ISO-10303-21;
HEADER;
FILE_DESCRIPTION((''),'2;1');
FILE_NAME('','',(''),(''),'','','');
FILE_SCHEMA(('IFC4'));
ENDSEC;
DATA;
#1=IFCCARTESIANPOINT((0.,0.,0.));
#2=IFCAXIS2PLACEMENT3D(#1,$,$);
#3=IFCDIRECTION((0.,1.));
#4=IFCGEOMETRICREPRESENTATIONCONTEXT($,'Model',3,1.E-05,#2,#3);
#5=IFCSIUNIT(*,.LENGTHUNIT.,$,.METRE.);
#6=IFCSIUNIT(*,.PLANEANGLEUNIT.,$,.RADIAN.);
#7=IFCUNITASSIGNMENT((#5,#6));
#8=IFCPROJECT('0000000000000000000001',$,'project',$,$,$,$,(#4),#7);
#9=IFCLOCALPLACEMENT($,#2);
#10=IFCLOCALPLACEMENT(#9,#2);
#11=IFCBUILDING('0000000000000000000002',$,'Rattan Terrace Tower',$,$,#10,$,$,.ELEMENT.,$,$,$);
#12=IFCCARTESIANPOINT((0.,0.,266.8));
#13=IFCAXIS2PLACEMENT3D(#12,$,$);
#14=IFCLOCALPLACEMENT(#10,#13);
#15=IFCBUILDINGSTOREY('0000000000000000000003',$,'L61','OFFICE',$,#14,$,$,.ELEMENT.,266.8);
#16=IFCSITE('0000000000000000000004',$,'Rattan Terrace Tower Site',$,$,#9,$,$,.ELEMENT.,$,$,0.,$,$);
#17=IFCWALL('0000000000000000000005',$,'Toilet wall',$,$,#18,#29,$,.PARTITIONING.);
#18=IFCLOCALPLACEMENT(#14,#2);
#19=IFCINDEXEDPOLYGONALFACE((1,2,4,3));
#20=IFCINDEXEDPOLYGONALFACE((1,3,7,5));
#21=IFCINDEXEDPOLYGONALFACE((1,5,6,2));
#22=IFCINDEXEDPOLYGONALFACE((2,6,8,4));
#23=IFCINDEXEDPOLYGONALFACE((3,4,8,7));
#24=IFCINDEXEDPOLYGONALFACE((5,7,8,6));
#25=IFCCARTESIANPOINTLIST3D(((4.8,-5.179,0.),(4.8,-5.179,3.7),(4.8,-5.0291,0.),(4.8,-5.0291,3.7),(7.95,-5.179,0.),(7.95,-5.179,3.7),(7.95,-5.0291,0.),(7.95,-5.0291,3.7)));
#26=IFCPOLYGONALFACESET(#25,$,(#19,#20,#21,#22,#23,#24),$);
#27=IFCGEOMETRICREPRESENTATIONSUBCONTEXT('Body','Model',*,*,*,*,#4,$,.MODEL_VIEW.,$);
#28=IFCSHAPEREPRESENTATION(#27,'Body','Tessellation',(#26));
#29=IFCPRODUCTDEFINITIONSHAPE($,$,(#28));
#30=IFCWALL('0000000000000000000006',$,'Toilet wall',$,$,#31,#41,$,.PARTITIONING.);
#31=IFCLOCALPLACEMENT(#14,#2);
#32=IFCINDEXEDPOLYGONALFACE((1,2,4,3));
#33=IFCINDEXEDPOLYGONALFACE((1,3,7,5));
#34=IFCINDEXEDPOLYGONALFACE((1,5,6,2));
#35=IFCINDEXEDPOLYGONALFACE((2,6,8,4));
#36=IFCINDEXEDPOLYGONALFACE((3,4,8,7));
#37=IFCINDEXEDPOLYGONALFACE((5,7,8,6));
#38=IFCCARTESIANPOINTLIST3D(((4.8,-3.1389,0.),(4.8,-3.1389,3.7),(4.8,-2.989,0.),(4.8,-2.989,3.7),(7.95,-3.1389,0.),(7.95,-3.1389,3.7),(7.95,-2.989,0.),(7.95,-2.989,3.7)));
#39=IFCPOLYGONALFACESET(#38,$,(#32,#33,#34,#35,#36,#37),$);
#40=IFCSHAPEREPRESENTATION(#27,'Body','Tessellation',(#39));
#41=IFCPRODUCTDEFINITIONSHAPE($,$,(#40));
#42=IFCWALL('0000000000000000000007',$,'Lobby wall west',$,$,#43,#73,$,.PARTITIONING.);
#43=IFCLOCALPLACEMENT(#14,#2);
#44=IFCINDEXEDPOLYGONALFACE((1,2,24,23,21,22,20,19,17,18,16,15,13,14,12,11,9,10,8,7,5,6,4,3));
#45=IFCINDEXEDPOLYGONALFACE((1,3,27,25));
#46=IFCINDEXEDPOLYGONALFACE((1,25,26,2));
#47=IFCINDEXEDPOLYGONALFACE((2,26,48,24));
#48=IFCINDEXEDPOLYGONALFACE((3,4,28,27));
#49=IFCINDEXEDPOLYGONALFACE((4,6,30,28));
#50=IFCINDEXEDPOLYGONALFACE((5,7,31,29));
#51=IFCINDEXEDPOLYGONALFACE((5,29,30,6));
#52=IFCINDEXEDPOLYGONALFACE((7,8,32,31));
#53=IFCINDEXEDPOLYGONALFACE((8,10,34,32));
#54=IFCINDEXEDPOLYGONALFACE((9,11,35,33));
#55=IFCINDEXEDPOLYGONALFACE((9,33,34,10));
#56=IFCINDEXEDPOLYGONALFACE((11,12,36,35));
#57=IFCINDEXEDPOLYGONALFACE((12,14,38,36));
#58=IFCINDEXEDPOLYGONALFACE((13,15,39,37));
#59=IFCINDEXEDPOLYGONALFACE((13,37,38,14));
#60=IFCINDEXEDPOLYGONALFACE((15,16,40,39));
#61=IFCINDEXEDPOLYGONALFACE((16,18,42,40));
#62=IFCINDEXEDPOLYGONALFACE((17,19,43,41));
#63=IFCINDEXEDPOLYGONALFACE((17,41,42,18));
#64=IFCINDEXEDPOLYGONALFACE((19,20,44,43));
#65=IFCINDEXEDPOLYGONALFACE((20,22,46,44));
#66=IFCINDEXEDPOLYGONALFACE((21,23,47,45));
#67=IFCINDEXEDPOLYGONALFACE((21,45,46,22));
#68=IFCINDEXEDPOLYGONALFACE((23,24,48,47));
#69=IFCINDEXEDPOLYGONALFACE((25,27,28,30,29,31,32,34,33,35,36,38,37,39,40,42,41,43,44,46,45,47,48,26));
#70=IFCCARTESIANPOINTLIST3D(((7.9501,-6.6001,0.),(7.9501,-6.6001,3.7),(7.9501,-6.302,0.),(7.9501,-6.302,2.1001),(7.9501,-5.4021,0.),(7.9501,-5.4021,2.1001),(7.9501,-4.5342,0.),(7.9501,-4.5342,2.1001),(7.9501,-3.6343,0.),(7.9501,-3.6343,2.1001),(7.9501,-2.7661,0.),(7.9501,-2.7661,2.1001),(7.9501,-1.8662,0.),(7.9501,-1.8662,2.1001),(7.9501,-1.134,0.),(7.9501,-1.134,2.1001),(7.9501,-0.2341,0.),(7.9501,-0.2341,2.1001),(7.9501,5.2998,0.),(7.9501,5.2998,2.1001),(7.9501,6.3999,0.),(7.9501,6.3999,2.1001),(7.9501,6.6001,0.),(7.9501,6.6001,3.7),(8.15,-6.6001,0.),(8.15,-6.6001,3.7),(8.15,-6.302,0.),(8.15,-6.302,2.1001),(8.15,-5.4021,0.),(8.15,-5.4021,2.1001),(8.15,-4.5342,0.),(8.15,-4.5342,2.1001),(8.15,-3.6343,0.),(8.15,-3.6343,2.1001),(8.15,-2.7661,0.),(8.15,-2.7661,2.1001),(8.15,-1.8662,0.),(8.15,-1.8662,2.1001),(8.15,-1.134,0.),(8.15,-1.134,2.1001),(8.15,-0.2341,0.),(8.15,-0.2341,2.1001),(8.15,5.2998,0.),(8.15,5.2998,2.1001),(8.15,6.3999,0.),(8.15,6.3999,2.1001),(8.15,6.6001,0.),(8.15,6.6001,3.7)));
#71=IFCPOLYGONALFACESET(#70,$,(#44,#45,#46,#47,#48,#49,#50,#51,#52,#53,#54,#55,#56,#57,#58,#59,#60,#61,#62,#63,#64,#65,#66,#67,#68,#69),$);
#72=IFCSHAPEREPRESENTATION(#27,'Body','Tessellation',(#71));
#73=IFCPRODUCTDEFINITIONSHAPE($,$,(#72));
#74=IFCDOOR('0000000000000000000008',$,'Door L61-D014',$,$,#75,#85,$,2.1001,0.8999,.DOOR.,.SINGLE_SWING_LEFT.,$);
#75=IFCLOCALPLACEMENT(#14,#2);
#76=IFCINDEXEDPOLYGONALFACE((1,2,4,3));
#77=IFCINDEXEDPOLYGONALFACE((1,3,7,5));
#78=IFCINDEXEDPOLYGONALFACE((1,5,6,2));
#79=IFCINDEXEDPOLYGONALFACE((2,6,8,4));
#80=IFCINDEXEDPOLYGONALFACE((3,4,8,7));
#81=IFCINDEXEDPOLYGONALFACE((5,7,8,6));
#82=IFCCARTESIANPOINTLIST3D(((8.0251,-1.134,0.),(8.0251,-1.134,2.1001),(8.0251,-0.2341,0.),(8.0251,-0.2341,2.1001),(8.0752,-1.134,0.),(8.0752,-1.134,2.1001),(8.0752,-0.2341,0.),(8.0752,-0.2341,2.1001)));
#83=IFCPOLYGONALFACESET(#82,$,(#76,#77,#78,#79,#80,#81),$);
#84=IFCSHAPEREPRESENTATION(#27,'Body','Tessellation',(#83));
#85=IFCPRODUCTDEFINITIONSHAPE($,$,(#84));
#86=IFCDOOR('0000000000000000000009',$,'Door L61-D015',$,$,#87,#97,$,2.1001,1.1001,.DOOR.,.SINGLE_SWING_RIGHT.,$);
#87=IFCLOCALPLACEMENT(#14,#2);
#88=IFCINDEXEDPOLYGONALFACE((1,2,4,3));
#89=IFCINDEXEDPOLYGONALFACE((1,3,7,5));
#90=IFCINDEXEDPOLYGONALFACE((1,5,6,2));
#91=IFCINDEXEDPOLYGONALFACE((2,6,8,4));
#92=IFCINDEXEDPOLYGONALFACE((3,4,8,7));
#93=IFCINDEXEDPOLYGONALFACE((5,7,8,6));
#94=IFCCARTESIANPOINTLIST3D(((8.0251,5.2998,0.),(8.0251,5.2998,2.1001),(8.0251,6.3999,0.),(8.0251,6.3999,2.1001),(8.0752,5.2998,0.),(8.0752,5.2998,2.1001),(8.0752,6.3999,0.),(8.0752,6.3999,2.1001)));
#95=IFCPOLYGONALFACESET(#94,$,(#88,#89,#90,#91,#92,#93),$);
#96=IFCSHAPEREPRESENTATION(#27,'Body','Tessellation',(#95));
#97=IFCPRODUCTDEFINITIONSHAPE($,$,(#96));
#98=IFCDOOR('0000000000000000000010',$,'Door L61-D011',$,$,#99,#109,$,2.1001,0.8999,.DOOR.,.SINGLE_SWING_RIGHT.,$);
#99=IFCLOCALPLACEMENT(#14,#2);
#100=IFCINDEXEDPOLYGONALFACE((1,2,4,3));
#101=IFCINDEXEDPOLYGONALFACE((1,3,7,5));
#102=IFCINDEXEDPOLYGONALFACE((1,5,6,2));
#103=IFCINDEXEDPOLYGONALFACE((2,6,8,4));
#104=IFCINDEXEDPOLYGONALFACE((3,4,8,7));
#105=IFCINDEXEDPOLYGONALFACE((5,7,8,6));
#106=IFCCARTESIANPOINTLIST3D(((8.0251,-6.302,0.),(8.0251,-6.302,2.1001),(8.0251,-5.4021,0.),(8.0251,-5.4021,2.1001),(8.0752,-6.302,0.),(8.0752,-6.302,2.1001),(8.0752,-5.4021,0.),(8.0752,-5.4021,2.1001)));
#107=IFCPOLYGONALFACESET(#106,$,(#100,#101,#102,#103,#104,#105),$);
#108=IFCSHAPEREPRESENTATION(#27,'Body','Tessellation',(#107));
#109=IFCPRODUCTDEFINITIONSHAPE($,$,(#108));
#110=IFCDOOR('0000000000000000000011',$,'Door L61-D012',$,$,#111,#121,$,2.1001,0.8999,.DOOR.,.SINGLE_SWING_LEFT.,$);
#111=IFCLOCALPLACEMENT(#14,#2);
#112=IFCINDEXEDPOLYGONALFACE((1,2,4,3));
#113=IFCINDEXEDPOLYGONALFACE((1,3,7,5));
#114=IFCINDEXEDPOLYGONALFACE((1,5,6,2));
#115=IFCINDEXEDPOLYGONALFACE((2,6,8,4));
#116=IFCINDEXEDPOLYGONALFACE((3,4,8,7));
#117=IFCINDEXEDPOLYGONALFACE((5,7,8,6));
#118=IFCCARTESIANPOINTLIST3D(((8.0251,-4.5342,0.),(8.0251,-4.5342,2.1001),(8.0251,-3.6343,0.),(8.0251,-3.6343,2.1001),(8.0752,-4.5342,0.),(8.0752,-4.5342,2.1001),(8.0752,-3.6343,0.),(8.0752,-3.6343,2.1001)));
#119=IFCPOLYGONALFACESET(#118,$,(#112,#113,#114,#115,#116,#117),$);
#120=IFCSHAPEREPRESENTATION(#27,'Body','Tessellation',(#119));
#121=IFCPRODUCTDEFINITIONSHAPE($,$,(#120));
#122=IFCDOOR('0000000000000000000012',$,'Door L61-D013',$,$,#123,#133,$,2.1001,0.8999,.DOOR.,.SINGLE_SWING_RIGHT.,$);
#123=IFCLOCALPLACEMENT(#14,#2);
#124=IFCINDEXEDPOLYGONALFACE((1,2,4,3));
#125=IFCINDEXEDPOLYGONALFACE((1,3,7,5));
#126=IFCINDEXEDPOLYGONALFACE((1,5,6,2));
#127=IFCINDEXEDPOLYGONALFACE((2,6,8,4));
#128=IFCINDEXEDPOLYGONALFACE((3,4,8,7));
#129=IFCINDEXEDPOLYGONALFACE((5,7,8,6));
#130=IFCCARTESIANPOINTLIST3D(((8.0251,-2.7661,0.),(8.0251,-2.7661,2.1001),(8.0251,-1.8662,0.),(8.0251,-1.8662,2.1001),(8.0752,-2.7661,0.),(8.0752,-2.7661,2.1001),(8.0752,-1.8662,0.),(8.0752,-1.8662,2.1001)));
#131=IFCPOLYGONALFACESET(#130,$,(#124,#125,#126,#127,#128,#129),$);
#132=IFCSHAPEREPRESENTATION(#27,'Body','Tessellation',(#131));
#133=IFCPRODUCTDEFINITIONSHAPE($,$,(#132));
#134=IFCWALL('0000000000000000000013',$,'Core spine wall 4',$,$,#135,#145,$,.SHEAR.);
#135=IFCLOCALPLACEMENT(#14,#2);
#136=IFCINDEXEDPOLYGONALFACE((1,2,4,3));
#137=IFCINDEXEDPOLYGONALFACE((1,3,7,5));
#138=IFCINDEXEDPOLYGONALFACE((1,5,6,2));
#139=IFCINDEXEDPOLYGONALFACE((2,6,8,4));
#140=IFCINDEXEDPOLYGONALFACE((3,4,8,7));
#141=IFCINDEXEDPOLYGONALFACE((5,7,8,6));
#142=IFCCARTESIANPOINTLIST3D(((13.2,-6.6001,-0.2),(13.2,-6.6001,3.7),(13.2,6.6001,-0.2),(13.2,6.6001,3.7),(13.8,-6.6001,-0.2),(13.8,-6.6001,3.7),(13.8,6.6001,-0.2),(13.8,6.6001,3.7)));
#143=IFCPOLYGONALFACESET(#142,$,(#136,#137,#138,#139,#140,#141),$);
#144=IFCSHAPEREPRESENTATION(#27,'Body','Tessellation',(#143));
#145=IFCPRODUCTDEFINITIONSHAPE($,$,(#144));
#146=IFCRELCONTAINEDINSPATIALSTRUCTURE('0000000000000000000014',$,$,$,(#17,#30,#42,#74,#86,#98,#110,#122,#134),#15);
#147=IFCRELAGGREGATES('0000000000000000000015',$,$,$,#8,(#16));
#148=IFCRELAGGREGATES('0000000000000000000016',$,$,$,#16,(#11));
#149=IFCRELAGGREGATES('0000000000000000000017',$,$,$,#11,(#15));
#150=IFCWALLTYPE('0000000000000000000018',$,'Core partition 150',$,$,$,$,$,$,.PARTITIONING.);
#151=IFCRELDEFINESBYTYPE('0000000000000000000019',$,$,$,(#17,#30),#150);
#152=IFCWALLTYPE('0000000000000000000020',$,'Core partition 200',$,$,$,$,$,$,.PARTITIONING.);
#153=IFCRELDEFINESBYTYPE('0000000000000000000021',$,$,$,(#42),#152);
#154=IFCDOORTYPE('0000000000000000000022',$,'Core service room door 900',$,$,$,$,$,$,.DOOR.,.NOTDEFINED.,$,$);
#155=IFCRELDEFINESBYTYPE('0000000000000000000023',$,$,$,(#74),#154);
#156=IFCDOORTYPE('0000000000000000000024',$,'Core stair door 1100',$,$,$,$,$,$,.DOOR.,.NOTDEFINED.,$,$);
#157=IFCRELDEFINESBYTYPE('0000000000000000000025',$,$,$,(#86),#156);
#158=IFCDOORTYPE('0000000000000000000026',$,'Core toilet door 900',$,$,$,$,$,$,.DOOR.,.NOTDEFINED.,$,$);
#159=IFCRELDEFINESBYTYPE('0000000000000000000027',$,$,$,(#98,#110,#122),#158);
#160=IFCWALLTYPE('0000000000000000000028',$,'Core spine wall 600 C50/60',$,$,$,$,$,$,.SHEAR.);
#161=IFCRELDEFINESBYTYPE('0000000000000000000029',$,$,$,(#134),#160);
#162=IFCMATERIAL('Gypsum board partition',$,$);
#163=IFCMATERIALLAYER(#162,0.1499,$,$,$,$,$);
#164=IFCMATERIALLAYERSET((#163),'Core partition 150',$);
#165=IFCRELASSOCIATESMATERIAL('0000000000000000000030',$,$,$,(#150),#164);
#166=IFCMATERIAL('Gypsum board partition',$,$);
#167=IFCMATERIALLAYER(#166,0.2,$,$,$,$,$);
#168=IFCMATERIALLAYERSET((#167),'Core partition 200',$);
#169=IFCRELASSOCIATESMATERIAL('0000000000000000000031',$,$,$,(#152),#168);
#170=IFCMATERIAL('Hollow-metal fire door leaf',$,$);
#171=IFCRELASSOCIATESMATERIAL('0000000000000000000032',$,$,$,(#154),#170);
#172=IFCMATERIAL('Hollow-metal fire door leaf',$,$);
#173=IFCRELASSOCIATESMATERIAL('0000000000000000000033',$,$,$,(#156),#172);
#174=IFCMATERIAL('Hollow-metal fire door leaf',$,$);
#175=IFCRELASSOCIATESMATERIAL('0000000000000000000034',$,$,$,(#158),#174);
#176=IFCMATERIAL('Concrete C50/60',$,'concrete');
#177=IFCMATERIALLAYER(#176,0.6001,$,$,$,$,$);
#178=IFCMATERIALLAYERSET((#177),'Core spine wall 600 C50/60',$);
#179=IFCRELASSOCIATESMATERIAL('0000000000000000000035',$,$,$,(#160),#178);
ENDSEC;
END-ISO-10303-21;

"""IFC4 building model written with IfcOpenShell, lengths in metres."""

from ifc_helpers import new_model, si_unit, direction, frame, frame_2d, origin, place, context, subcontext, project, spatial, rectangle, extrude, material, layer, layer_set, type_object, element, fill, save


model = new_model("IFC4")

# Units and contexts
model_context = context("Model", 3, precision=1e-05, world=origin(), true_north=direction((0.0, 1.0)))
body_context = subcontext(model_context, "Body", "Model", "MODEL_VIEW")
ifc_project = project(units=[si_unit("LENGTHUNIT", "METRE"), si_unit("PLANEANGLEUNIT", "RADIAN")], contexts=[model_context])

# Site, building, storey
site_placement = place(None, origin())
site = spatial("IfcSite", under=ifc_project, at=site_placement, Name="Rattan Terrace Tower Site", CompositionType="ELEMENT", RefElevation=0.0)
building_placement = place(site_placement, origin())
building = spatial("IfcBuilding", under=site, at=building_placement, Name="Rattan Terrace Tower", CompositionType="ELEMENT")
storey_placement = place(building_placement, frame((0.0, 0.0, 266.8)))
storey = spatial("IfcBuildingStorey", under=building, at=storey_placement, Name="L61", Description="OFFICE", CompositionType="ELEMENT", Elevation=266.8)

# Walls
ifc_material_1 = material(Name="Gypsum board partition")
ifc_layer_1 = layer(ifc_material_1, 0.1499)
ifc_layer_set_1 = layer_set([ifc_layer_1], Name="Core partition 150")
wall_type_1 = type_object("IfcWallType", Name="Core partition 150", PredefinedType="PARTITIONING", material=ifc_layer_set_1)
for number, where, z_axis, x_axis, name in (
    (1, (4.8, -5.104, 0.0), (0.0, 0.0, 1.0), (1.0, 0.0, 0.0), "Toilet wall"),
    (2, (4.8, -3.064, 0.0), (0.0, 0.0, 1.0), (1.0, 0.0, 0.0), "Toilet wall"),
):
    element("IfcWall", number, at=place(storey_placement, frame(where, z_axis=z_axis, x_axis=x_axis)), inside=storey, type_object=wall_type_1, Name=name, PredefinedType="PARTITIONING", context=body_context, shape_type="SweptSolid", body=[
        extrude(rectangle(XDim=3.1499, YDim=0.1499, at=frame_2d((1.575, 0.0))), origin(), (0.0, 0.0, 1.0), 3.7),
    ])

# Wall, openings, doors
ifc_material_2 = material(Name="Gypsum board partition")
ifc_layer_2 = layer(ifc_material_2, 0.2)
ifc_layer_set_2 = layer_set([ifc_layer_2], Name="Core partition 200")
wall_type_2 = type_object("IfcWallType", Name="Core partition 200", PredefinedType="PARTITIONING", material=ifc_layer_set_2)
wall_1_placement = place(storey_placement, frame((8.05, -6.6001, 0.0), z_axis=(0.0, 0.0, 1.0), x_axis=(0.0, 1.0, 0.0)))
wall_1 = element("IfcWall", 3, at=wall_1_placement, inside=storey, type_object=wall_type_2, Name="Lobby wall west", PredefinedType="PARTITIONING", context=body_context, shape_type="SweptSolid", body=[
    extrude(rectangle(XDim=13.2002, YDim=0.2, at=frame_2d((6.6001, 0.0))), origin(), (0.0, 0.0, 1.0), 3.7),
])
opening_1_placement = place(wall_1_placement, frame((0.2981, 0.0, 0.0)))
opening_1 = element("IfcOpeningElement", 4, at=opening_1_placement, cuts=wall_1, PredefinedType="OPENING", context=body_context, shape_type="SweptSolid", body=[
    extrude(rectangle(XDim=0.8999, YDim=2.1001, at=frame_2d((0.45, 1.05))), frame((0.0, 0.1106, 0.0), z_axis=(0.0, -1.0, 0.0), x_axis=(1.0, 0.0, 0.0)), (0.0, 0.0, 1.0), 0.2209),
])
opening_2_placement = place(wall_1_placement, frame((2.0659, 0.0, 0.0)))
opening_2 = element("IfcOpeningElement", 5, at=opening_2_placement, cuts=wall_1, PredefinedType="OPENING", context=body_context, shape_type="SweptSolid", body=[
    extrude(rectangle(XDim=0.8999, YDim=2.1001, at=frame_2d((0.45, 1.05))), frame((0.0, 0.1106, 0.0), z_axis=(0.0, -1.0, 0.0), x_axis=(1.0, 0.0, 0.0)), (0.0, 0.0, 1.0), 0.2209),
])
opening_3_placement = place(wall_1_placement, frame((3.834, 0.0, 0.0)))
opening_3 = element("IfcOpeningElement", 6, at=opening_3_placement, cuts=wall_1, PredefinedType="OPENING", context=body_context, shape_type="SweptSolid", body=[
    extrude(rectangle(XDim=0.8999, YDim=2.1001, at=frame_2d((0.45, 1.05))), frame((0.0, 0.1106, 0.0), z_axis=(0.0, -1.0, 0.0), x_axis=(1.0, 0.0, 0.0)), (0.0, 0.0, 1.0), 0.2209),
])
opening_4_placement = place(wall_1_placement, frame((5.4661, 0.0, 0.0)))
opening_4 = element("IfcOpeningElement", 7, at=opening_4_placement, cuts=wall_1, PredefinedType="OPENING", context=body_context, shape_type="SweptSolid", body=[
    extrude(rectangle(XDim=0.8999, YDim=2.1001, at=frame_2d((0.45, 1.05))), frame((0.0, 0.1106, 0.0), z_axis=(0.0, -1.0, 0.0), x_axis=(1.0, 0.0, 0.0)), (0.0, 0.0, 1.0), 0.2209),
])
opening_5_placement = place(wall_1_placement, frame((11.8999, 0.0, 0.0)))
opening_5 = element("IfcOpeningElement", 8, at=opening_5_placement, cuts=wall_1, PredefinedType="OPENING", context=body_context, shape_type="SweptSolid", body=[
    extrude(rectangle(XDim=1.1001, YDim=2.1001, at=frame_2d((0.55, 1.05))), frame((0.0, 0.1106, 0.0), z_axis=(0.0, -1.0, 0.0), x_axis=(1.0, 0.0, 0.0)), (0.0, 0.0, 1.0), 0.2209),
])
ifc_material_3 = material(Name="Hollow-metal fire door leaf")
door_type_1 = type_object("IfcDoorType", Name="Core service room door 900", OperationType="NOTDEFINED", PredefinedType="DOOR", material=ifc_material_3)
door_1_placement = place(opening_4_placement, origin())
door_1 = element("IfcDoor", 9, at=door_1_placement, inside=storey, type_object=door_type_1, Name="Door L61-D014", OperationType="SINGLE_SWING_LEFT", OverallHeight=2.1001, OverallWidth=0.8999, PredefinedType="DOOR", context=body_context, shape_type="SweptSolid", body=[
    extrude(rectangle(XDim=0.8999, YDim=2.1001, at=frame_2d((0.45, 1.05))), frame((0.0, 0.0249, 0.0), z_axis=(0.0, -1.0, 0.0), x_axis=(1.0, 0.0, 0.0)), (0.0, 0.0, 1.0), 0.05),
])
fill(opening_4, door_1)
ifc_material_4 = material(Name="Hollow-metal fire door leaf")
door_type_2 = type_object("IfcDoorType", Name="Core stair door 1100", OperationType="NOTDEFINED", PredefinedType="DOOR", material=ifc_material_4)
door_2_placement = place(opening_5_placement, origin())
door_2 = element("IfcDoor", 10, at=door_2_placement, inside=storey, type_object=door_type_2, Name="Door L61-D015", OperationType="SINGLE_SWING_RIGHT", OverallHeight=2.1001, OverallWidth=1.1001, PredefinedType="DOOR", context=body_context, shape_type="SweptSolid", body=[
    extrude(rectangle(XDim=1.1001, YDim=2.1001, at=frame_2d((0.55, 1.05))), frame((0.0, 0.0249, 0.0), z_axis=(0.0, -1.0, 0.0), x_axis=(1.0, 0.0, 0.0)), (0.0, 0.0, 1.0), 0.05),
])
fill(opening_5, door_2)
ifc_material_5 = material(Name="Hollow-metal fire door leaf")
door_type_3 = type_object("IfcDoorType", Name="Core toilet door 900", OperationType="NOTDEFINED", PredefinedType="DOOR", material=ifc_material_5)
door_3_placement = place(opening_1_placement, origin())
door_3 = element("IfcDoor", 11, at=door_3_placement, inside=storey, type_object=door_type_3, Name="Door L61-D011", OperationType="SINGLE_SWING_RIGHT", OverallHeight=2.1001, OverallWidth=0.8999, PredefinedType="DOOR", context=body_context, shape_type="SweptSolid", body=[
    extrude(rectangle(XDim=0.8999, YDim=2.1001, at=frame_2d((0.45, 1.05))), frame((0.0, 0.0249, 0.0), z_axis=(0.0, -1.0, 0.0), x_axis=(1.0, 0.0, 0.0)), (0.0, 0.0, 1.0), 0.05),
])
fill(opening_1, door_3)
door_4_placement = place(opening_2_placement, origin())
door_4 = element("IfcDoor", 12, at=door_4_placement, inside=storey, type_object=door_type_3, Name="Door L61-D012", OperationType="SINGLE_SWING_LEFT", OverallHeight=2.1001, OverallWidth=0.8999, PredefinedType="DOOR", context=body_context, shape_type="SweptSolid", body=[
    extrude(rectangle(XDim=0.8999, YDim=2.1001, at=frame_2d((0.45, 1.05))), frame((0.0, 0.0249, 0.0), z_axis=(0.0, -1.0, 0.0), x_axis=(1.0, 0.0, 0.0)), (0.0, 0.0, 1.0), 0.05),
])
fill(opening_2, door_4)
door_5_placement = place(opening_3_placement, origin())
door_5 = element("IfcDoor", 13, at=door_5_placement, inside=storey, type_object=door_type_3, Name="Door L61-D013", OperationType="SINGLE_SWING_RIGHT", OverallHeight=2.1001, OverallWidth=0.8999, PredefinedType="DOOR", context=body_context, shape_type="SweptSolid", body=[
    extrude(rectangle(XDim=0.8999, YDim=2.1001, at=frame_2d((0.45, 1.05))), frame((0.0, 0.0249, 0.0), z_axis=(0.0, -1.0, 0.0), x_axis=(1.0, 0.0, 0.0)), (0.0, 0.0, 1.0), 0.05),
])
fill(opening_3, door_5)

# Wall
ifc_material_6 = material(Name="Concrete C50/60", Category="concrete")
ifc_layer_3 = layer(ifc_material_6, 0.6001)
ifc_layer_set_3 = layer_set([ifc_layer_3], Name="Core spine wall 600 C50/60")
wall_type_3 = type_object("IfcWallType", Name="Core spine wall 600 C50/60", PredefinedType="SHEAR", material=ifc_layer_set_3)
wall_2_placement = place(storey_placement, frame((13.5, -6.6001, -0.2), z_axis=(0.0, 0.0, 1.0), x_axis=(0.0, 1.0, 0.0)))
element("IfcWall", 14, at=wall_2_placement, inside=storey, type_object=wall_type_3, Name="Core spine wall 4", PredefinedType="SHEAR", context=body_context, shape_type="SweptSolid", body=[
    extrude(rectangle(XDim=13.2002, YDim=0.6001, at=frame_2d((6.6001, 0.0))), origin(), (0.0, 0.0, 1.0), 3.8999),
])

save(model, "model.ifc")
